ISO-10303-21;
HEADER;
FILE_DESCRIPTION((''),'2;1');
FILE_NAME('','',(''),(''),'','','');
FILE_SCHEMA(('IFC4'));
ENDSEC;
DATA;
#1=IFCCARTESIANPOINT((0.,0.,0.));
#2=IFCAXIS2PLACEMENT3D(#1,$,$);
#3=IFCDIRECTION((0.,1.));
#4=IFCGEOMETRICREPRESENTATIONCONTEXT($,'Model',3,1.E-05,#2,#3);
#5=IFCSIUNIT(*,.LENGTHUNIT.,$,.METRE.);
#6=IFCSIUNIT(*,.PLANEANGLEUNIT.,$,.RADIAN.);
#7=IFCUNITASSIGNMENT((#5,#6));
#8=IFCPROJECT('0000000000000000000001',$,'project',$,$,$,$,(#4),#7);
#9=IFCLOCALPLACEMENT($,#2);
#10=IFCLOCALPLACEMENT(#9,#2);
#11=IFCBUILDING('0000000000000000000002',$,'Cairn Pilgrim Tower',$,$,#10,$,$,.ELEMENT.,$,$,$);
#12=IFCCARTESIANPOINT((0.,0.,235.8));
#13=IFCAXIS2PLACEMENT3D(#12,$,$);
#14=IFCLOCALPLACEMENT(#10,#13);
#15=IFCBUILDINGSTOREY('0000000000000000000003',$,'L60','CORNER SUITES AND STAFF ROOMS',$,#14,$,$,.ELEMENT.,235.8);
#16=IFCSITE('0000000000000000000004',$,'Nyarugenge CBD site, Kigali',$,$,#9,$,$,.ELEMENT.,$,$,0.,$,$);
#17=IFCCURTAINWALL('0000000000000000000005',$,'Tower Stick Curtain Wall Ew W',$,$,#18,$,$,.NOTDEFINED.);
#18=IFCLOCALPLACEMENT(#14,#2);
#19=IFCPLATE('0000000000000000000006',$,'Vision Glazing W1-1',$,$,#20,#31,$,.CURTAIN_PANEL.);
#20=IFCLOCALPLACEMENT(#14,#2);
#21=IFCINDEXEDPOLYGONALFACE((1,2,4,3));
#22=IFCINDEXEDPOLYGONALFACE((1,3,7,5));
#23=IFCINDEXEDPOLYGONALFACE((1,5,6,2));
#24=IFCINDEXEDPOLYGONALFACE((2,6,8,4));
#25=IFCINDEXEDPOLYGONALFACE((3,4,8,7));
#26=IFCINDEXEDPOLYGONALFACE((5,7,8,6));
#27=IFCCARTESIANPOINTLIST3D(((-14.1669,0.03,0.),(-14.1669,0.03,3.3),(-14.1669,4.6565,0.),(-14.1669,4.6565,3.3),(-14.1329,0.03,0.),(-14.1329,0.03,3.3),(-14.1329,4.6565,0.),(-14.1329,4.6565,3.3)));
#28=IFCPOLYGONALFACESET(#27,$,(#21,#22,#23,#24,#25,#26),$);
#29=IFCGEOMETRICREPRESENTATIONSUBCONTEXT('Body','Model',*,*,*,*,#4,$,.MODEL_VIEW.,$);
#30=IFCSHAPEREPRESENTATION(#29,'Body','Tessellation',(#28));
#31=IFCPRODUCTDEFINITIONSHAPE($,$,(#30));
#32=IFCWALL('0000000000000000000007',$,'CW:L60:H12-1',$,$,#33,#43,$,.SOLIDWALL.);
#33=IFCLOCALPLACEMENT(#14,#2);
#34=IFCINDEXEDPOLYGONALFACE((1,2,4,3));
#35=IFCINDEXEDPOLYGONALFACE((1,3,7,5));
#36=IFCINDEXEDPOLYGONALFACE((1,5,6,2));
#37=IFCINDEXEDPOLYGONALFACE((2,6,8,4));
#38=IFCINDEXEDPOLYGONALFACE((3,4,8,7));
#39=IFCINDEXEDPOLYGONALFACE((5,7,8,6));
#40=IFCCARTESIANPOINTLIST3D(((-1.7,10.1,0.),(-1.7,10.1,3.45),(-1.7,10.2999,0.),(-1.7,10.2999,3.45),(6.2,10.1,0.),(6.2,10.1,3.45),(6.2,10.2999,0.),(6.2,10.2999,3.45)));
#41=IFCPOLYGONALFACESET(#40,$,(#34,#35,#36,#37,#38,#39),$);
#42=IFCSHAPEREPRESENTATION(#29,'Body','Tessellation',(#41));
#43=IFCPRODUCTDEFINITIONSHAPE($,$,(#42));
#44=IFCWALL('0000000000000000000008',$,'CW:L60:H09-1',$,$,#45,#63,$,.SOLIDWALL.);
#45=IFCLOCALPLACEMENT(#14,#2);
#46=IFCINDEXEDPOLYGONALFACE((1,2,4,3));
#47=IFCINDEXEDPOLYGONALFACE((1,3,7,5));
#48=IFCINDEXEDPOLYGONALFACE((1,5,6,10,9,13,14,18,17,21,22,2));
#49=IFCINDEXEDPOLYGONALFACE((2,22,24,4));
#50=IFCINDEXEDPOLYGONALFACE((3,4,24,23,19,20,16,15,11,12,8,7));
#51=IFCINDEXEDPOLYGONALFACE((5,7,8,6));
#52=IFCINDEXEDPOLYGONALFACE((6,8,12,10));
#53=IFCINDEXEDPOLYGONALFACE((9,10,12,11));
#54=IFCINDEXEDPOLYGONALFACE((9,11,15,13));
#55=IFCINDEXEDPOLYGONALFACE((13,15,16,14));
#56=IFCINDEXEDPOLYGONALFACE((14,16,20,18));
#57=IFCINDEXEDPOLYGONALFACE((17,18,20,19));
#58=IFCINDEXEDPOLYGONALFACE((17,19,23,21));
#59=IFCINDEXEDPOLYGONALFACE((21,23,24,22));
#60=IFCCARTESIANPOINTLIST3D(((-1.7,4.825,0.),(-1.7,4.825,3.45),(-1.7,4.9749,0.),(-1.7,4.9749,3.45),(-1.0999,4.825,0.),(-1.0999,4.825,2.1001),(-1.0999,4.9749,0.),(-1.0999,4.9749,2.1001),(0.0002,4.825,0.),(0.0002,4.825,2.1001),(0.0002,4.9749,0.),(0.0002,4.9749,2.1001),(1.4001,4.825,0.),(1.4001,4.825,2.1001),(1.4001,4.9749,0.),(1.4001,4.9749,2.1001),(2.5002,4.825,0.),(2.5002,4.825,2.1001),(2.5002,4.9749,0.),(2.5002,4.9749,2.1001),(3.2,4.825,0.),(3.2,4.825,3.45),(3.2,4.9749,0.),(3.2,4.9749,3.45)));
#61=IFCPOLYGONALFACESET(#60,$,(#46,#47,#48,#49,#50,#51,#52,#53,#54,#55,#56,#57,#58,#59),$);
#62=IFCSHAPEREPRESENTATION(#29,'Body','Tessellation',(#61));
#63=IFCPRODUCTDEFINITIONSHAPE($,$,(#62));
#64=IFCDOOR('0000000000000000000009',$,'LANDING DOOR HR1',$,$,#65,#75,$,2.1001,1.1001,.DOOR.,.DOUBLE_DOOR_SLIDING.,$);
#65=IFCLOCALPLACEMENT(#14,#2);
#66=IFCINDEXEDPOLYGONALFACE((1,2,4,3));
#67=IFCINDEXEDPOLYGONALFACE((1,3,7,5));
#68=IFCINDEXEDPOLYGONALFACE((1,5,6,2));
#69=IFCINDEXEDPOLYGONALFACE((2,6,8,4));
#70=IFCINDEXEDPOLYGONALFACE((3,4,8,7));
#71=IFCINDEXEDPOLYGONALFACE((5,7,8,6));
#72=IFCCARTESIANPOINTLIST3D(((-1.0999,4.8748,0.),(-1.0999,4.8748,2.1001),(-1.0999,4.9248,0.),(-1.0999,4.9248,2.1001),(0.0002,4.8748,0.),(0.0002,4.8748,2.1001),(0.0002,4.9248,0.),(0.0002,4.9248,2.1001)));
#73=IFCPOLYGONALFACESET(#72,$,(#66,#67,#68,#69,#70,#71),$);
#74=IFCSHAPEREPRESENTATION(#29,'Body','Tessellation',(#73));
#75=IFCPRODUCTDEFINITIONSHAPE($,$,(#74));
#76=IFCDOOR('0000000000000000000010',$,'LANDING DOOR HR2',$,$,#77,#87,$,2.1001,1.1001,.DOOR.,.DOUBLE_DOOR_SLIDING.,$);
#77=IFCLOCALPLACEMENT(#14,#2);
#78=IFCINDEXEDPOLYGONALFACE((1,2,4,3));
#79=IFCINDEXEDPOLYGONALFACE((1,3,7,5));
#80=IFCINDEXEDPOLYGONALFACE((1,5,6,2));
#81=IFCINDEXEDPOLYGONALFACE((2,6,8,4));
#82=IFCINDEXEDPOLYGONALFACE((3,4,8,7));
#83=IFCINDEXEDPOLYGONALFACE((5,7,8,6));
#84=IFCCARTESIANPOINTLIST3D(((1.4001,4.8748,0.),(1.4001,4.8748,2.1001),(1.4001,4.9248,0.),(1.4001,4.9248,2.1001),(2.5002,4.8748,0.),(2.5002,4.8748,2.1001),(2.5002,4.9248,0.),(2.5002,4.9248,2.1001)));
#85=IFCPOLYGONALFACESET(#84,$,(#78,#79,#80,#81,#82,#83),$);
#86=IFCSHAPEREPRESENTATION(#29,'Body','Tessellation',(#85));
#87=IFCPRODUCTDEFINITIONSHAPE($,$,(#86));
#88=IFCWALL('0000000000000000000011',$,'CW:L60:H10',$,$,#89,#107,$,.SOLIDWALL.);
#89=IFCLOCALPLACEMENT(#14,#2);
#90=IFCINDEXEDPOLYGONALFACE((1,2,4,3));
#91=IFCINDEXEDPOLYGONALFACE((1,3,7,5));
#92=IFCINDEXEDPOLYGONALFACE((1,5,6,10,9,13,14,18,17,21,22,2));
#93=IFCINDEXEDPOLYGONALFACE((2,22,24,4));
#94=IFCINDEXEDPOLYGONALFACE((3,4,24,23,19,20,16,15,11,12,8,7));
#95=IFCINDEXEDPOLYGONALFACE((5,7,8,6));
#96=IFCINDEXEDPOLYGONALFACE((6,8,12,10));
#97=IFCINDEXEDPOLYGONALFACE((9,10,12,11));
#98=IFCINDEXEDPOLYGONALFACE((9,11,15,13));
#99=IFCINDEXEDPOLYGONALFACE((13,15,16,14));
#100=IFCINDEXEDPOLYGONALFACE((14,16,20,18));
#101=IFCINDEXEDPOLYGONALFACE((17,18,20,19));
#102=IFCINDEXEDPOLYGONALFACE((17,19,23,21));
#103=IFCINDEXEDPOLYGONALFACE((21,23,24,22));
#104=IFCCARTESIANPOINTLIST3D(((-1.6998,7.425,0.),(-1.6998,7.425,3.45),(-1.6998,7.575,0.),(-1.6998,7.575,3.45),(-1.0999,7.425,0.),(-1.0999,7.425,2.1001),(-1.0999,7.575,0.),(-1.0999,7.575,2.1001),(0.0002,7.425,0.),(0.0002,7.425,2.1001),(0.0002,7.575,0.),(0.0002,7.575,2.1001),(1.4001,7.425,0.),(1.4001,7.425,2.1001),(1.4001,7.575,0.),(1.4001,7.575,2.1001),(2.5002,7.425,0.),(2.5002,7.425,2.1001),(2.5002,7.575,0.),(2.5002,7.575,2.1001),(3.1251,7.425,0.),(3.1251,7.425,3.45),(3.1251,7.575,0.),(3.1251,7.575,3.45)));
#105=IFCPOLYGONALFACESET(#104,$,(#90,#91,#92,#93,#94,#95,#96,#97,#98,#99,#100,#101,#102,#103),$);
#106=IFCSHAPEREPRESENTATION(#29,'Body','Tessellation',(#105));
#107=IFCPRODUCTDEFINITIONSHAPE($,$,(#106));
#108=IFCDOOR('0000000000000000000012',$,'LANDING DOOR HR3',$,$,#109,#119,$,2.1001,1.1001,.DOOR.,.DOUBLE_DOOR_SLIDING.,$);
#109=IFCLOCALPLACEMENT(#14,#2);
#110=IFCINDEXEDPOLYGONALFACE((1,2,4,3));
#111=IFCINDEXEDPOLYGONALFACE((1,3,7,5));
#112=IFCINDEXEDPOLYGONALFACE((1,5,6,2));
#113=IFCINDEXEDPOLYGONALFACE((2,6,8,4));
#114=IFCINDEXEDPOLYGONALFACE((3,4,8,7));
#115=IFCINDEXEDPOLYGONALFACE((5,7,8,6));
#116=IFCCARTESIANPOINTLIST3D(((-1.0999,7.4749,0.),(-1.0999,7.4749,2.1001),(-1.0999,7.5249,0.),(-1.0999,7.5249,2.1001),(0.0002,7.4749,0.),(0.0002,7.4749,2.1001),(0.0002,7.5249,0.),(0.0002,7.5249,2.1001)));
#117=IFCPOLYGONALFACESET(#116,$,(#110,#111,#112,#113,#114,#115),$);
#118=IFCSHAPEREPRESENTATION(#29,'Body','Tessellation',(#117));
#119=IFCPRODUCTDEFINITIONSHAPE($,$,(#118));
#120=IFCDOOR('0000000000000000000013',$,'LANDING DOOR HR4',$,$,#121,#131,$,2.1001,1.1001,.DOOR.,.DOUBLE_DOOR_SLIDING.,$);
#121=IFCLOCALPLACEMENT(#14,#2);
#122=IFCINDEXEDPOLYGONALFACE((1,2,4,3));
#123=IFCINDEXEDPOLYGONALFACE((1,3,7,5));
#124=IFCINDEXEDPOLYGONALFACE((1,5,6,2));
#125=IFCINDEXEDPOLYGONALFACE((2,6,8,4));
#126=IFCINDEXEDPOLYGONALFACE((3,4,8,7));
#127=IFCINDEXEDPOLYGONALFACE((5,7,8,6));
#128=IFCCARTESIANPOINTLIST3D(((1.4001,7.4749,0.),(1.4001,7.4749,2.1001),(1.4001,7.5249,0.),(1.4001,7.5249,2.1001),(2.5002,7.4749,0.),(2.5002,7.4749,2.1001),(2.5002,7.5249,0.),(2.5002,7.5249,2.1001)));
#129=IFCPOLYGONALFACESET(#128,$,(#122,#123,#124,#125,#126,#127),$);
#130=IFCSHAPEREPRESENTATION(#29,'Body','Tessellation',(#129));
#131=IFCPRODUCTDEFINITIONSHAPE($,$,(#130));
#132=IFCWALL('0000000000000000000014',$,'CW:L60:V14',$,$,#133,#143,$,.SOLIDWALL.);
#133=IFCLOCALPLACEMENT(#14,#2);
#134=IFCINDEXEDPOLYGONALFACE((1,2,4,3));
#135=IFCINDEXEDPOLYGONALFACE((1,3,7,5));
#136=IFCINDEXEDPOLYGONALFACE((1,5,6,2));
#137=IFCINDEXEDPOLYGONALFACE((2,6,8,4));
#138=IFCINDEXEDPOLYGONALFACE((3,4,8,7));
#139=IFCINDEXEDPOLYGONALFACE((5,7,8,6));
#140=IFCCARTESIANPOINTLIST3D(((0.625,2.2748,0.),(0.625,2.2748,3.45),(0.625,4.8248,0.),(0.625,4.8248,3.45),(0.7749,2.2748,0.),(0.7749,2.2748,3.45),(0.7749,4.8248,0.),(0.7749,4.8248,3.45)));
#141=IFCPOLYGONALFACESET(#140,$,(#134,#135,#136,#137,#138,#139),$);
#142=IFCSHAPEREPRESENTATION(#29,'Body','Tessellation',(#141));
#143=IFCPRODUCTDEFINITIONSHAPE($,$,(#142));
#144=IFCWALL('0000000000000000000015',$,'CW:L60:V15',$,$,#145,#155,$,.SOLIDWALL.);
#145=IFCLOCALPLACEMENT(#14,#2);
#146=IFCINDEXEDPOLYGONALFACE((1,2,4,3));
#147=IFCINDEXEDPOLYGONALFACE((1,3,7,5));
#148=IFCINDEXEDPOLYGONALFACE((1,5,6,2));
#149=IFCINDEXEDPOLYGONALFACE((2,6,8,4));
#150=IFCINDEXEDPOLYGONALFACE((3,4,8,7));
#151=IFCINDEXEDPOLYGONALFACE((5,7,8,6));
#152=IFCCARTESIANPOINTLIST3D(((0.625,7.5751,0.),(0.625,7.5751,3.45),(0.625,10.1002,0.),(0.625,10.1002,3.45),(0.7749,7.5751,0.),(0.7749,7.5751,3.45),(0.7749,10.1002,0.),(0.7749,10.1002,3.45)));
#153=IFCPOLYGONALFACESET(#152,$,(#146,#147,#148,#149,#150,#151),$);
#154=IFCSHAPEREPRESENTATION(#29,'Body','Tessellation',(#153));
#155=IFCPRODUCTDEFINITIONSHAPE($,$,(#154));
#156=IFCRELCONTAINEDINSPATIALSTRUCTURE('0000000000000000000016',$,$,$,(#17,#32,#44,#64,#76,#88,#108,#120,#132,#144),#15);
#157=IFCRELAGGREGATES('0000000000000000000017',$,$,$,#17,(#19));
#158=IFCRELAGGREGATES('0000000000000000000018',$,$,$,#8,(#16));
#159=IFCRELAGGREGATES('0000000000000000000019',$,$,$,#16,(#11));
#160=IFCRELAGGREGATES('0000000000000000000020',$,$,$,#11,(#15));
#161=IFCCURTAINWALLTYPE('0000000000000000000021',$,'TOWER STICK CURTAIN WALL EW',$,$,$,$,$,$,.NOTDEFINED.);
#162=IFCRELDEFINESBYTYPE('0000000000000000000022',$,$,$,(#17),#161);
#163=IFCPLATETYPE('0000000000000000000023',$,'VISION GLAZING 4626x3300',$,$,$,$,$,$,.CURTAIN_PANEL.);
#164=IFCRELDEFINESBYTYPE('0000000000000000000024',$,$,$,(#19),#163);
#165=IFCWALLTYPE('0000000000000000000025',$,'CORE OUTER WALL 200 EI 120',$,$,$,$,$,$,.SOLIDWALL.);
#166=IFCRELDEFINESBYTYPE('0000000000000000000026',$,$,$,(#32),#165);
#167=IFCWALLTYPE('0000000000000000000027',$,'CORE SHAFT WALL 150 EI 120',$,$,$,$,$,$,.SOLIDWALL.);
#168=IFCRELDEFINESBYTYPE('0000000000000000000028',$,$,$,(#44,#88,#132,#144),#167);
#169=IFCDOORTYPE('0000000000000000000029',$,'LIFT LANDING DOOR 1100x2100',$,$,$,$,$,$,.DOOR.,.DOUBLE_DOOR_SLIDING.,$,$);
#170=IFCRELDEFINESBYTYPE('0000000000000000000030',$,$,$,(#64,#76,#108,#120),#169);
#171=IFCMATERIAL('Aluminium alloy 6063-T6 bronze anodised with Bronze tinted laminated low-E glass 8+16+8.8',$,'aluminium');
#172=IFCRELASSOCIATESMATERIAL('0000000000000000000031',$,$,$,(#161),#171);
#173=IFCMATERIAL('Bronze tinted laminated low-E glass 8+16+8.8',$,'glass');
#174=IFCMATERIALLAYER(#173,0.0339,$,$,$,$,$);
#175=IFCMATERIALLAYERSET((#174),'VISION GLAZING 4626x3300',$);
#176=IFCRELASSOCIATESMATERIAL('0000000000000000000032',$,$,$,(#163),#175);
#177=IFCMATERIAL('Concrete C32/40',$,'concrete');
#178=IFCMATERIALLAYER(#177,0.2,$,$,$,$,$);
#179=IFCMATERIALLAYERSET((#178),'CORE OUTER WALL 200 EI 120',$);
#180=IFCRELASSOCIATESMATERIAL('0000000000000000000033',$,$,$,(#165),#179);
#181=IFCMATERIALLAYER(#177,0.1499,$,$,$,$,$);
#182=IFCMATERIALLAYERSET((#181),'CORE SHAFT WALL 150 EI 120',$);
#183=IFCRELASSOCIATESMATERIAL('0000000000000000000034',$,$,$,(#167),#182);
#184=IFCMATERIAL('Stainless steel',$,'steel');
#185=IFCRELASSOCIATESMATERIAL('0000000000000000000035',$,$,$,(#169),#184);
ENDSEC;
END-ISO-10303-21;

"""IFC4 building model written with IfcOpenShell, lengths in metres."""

from ifc_helpers import new_model, si_unit, direction, frame, frame_2d, origin, origin_2d, place, context, subcontext, project, spatial, rectangle, extrude, material, layer, layer_set, type_object, element, fill, aggregate, save


model = new_model("IFC4")

# Units and contexts
model_context = context("Model", 3, precision=1e-05, world=origin(), true_north=direction((0.0, 1.0)))
body_context = subcontext(model_context, "Body", "Model", "MODEL_VIEW")
ifc_project = project(units=[si_unit("LENGTHUNIT", "METRE"), si_unit("PLANEANGLEUNIT", "RADIAN")], contexts=[model_context])

# Site, building, storey
site_placement = place(None, origin())
site = spatial("IfcSite", under=ifc_project, at=site_placement, Name="Nyarugenge CBD site, Kigali", CompositionType="ELEMENT", RefElevation=0.0)
building_placement = place(site_placement, origin())
building = spatial("IfcBuilding", under=site, at=building_placement, Name="Cairn Pilgrim Tower", CompositionType="ELEMENT")
storey_placement = place(building_placement, frame((0.0, 0.0, 235.8)))
storey = spatial("IfcBuildingStorey", under=building, at=storey_placement, Name="L60", Description="CORNER SUITES AND STAFF ROOMS", CompositionType="ELEMENT", Elevation=235.8)

# Curtain wall
ifc_material_1 = material(Name="Aluminium alloy 6063-T6 bronze anodised with Bronze tinted laminated low-E glass 8+16+8.8", Category="aluminium")
curtain_wall_type_1 = type_object("IfcCurtainWallType", Name="TOWER STICK CURTAIN WALL EW", PredefinedType="NOTDEFINED", material=ifc_material_1)
curtain_wall_1_placement = place(storey_placement, origin())
curtain_wall_1 = element("IfcCurtainWall", 1, at=curtain_wall_1_placement, inside=storey, type_object=curtain_wall_type_1, Name="Tower Stick Curtain Wall Ew W", PredefinedType="NOTDEFINED")

# Plate
ifc_material_2 = material(Name="Bronze tinted laminated low-E glass 8+16+8.8", Category="glass")
ifc_layer_1 = layer(ifc_material_2, 0.0339)
ifc_layer_set_1 = layer_set([ifc_layer_1], Name="VISION GLAZING 4626x3300")
plate_type_1 = type_object("IfcPlateType", Name="VISION GLAZING 4626x3300", PredefinedType="CURTAIN_PANEL", material=ifc_layer_set_1)
plate_1_placement = place(storey_placement, frame((-14.1499, 2.3433, 0.0), z_axis=(0.0, 0.0, 1.0), x_axis=(0.0, -1.0, 0.0)))
plate_1 = element("IfcPlate", 2, at=plate_1_placement, type_object=plate_type_1, Name="Vision Glazing W1-1", PredefinedType="CURTAIN_PANEL", context=body_context, shape_type="SweptSolid", body=[
    extrude(rectangle(XDim=4.6265, YDim=0.0339, at=origin_2d()), origin(), (0.0, 0.0, 1.0), 3.3),
])
aggregate(curtain_wall_1, [plate_1])

# Wall
ifc_material_3 = material(Name="Concrete C32/40", Category="concrete")
ifc_layer_2 = layer(ifc_material_3, 0.2)
ifc_layer_set_2 = layer_set([ifc_layer_2], Name="CORE OUTER WALL 200 EI 120")
wall_type_1 = type_object("IfcWallType", Name="CORE OUTER WALL 200 EI 120", PredefinedType="SOLIDWALL", material=ifc_layer_set_2)
wall_1_placement = place(storey_placement, frame((-1.7, 10.2, 0.0), z_axis=(0.0, 0.0, 1.0), x_axis=(1.0, 0.0, 0.0)))
element("IfcWall", 3, at=wall_1_placement, inside=storey, type_object=wall_type_1, Name="CW:L60:H12-1", PredefinedType="SOLIDWALL", context=body_context, shape_type="SweptSolid", body=[
    extrude(rectangle(XDim=7.8999, YDim=0.2, at=frame_2d((3.95, 0.0))), origin(), (0.0, 0.0, 1.0), 3.45),
])

# Walls, openings, doors
ifc_layer_3 = layer(ifc_material_3, 0.1499)
ifc_layer_set_3 = layer_set([ifc_layer_3], Name="CORE SHAFT WALL 150 EI 120")
wall_type_2 = type_object("IfcWallType", Name="CORE SHAFT WALL 150 EI 120", PredefinedType="SOLIDWALL", material=ifc_layer_set_3)
wall_2_placement = place(storey_placement, frame((-1.7, 4.8999, 0.0), z_axis=(0.0, 0.0, 1.0), x_axis=(1.0, 0.0, 0.0)))
wall_2 = element("IfcWall", 4, at=wall_2_placement, inside=storey, type_object=wall_type_2, Name="CW:L60:H09-1", PredefinedType="SOLIDWALL", context=body_context, shape_type="SweptSolid", body=[
    extrude(rectangle(XDim=4.8999, YDim=0.1499, at=frame_2d((2.45, 0.0))), origin(), (0.0, 0.0, 1.0), 3.45),
])
opening_1_placement = place(wall_2_placement, frame((0.6001, 0.0, 0.0)))
opening_1 = element("IfcOpeningElement", 5, at=opening_1_placement, cuts=wall_2, PredefinedType="OPENING", context=body_context, shape_type="SweptSolid", body=[
    extrude(rectangle(XDim=1.1001, YDim=2.1001, at=frame_2d((0.55, 1.05))), frame((0.0, 0.085, 0.0), z_axis=(0.0, -1.0, 0.0), x_axis=(1.0, 0.0, 0.0)), (0.0, 0.0, 1.0), 0.1699),
])
opening_2_placement = place(wall_2_placement, frame((3.1001, 0.0, 0.0)))
opening_2 = element("IfcOpeningElement", 6, at=opening_2_placement, cuts=wall_2, PredefinedType="OPENING", context=body_context, shape_type="SweptSolid", body=[
    extrude(rectangle(XDim=1.1001, YDim=2.1001, at=frame_2d((0.55, 1.05))), frame((0.0, 0.085, 0.0), z_axis=(0.0, -1.0, 0.0), x_axis=(1.0, 0.0, 0.0)), (0.0, 0.0, 1.0), 0.1699),
])
ifc_material_4 = material(Name="Stainless steel", Category="steel")
door_type_1 = type_object("IfcDoorType", Name="LIFT LANDING DOOR 1100x2100", OperationType="DOUBLE_DOOR_SLIDING", PredefinedType="DOOR", material=ifc_material_4)
door_1_placement = place(opening_1_placement, origin())
door_1 = element("IfcDoor", 7, at=door_1_placement, inside=storey, type_object=door_type_1, Name="LANDING DOOR HR1", OperationType="DOUBLE_DOOR_SLIDING", OverallHeight=2.1001, OverallWidth=1.1001, PredefinedType="DOOR", context=body_context, shape_type="SweptSolid", body=[
    extrude(rectangle(XDim=1.1001, YDim=2.1001, at=frame_2d((0.55, 1.05))), frame((0.0, 0.0249, 0.0), z_axis=(0.0, -1.0, 0.0), x_axis=(1.0, 0.0, 0.0)), (0.0, 0.0, 1.0), 0.05),
])
fill(opening_1, door_1)
door_2_placement = place(opening_2_placement, origin())
door_2 = element("IfcDoor", 8, at=door_2_placement, inside=storey, type_object=door_type_1, Name="LANDING DOOR HR2", OperationType="DOUBLE_DOOR_SLIDING", OverallHeight=2.1001, OverallWidth=1.1001, PredefinedType="DOOR", context=body_context, shape_type="SweptSolid", body=[
    extrude(rectangle(XDim=1.1001, YDim=2.1001, at=frame_2d((0.55, 1.05))), frame((0.0, 0.0249, 0.0), z_axis=(0.0, -1.0, 0.0), x_axis=(1.0, 0.0, 0.0)), (0.0, 0.0, 1.0), 0.05),
])
fill(opening_2, door_2)
wall_3_placement = place(storey_placement, frame((-1.7, 7.5, 0.0), z_axis=(0.0, 0.0, 1.0), x_axis=(1.0, 0.0, 0.0)))
wall_3 = element("IfcWall", 9, at=wall_3_placement, inside=storey, type_object=wall_type_2, Name="CW:L60:H10", PredefinedType="SOLIDWALL", context=body_context, shape_type="SweptSolid", body=[
    extrude(rectangle(XDim=4.825, YDim=0.1499, at=frame_2d((2.4126, 0.0))), origin(), (0.0, 0.0, 1.0), 3.45),
])
opening_3_placement = place(wall_3_placement, frame((0.6001, 0.0, 0.0)))
opening_3 = element("IfcOpeningElement", 10, at=opening_3_placement, cuts=wall_3, PredefinedType="OPENING", context=body_context, shape_type="SweptSolid", body=[
    extrude(rectangle(XDim=1.1001, YDim=2.1001, at=frame_2d((0.55, 1.05))), frame((0.0, 0.085, 0.0), z_axis=(0.0, -1.0, 0.0), x_axis=(1.0, 0.0, 0.0)), (0.0, 0.0, 1.0), 0.1699),
])
opening_4_placement = place(wall_3_placement, frame((3.1001, 0.0, 0.0)))
opening_4 = element("IfcOpeningElement", 11, at=opening_4_placement, cuts=wall_3, PredefinedType="OPENING", context=body_context, shape_type="SweptSolid", body=[
    extrude(rectangle(XDim=1.1001, YDim=2.1001, at=frame_2d((0.55, 1.05))), frame((0.0, 0.085, 0.0), z_axis=(0.0, -1.0, 0.0), x_axis=(1.0, 0.0, 0.0)), (0.0, 0.0, 1.0), 0.1699),
])
door_3_placement = place(opening_3_placement, origin())
door_3 = element("IfcDoor", 12, at=door_3_placement, inside=storey, type_object=door_type_1, Name="LANDING DOOR HR3", OperationType="DOUBLE_DOOR_SLIDING", OverallHeight=2.1001, OverallWidth=1.1001, PredefinedType="DOOR", context=body_context, shape_type="SweptSolid", body=[
    extrude(rectangle(XDim=1.1001, YDim=2.1001, at=frame_2d((0.55, 1.05))), frame((0.0, 0.0249, 0.0), z_axis=(0.0, -1.0, 0.0), x_axis=(1.0, 0.0, 0.0)), (0.0, 0.0, 1.0), 0.05),
])
fill(opening_3, door_3)
door_4_placement = place(opening_4_placement, origin())
door_4 = element("IfcDoor", 13, at=door_4_placement, inside=storey, type_object=door_type_1, Name="LANDING DOOR HR4", OperationType="DOUBLE_DOOR_SLIDING", OverallHeight=2.1001, OverallWidth=1.1001, PredefinedType="DOOR", context=body_context, shape_type="SweptSolid", body=[
    extrude(rectangle(XDim=1.1001, YDim=2.1001, at=frame_2d((0.55, 1.05))), frame((0.0, 0.0249, 0.0), z_axis=(0.0, -1.0, 0.0), x_axis=(1.0, 0.0, 0.0)), (0.0, 0.0, 1.0), 0.05),
])
fill(opening_4, door_4)

# Walls
wall_4_placement = place(storey_placement, frame((0.7, 2.2749, 0.0), z_axis=(0.0, 0.0, 1.0), x_axis=(0.0, 1.0, 0.0)))
element("IfcWall", 14, at=wall_4_placement, inside=storey, type_object=wall_type_2, Name="CW:L60:V14", PredefinedType="SOLIDWALL", context=body_context, shape_type="SweptSolid", body=[
    extrude(rectangle(XDim=2.55, YDim=0.1499, at=frame_2d((1.2749, 0.0))), origin(), (0.0, 0.0, 1.0), 3.45),
])
wall_5_placement = place(storey_placement, frame((0.7, 7.575, 0.0), z_axis=(0.0, 0.0, 1.0), x_axis=(0.0, 1.0, 0.0)))
element("IfcWall", 15, at=wall_5_placement, inside=storey, type_object=wall_type_2, Name="CW:L60:V15", PredefinedType="SOLIDWALL", context=body_context, shape_type="SweptSolid", body=[
    extrude(rectangle(XDim=2.5251, YDim=0.1499, at=frame_2d((1.2627, 0.0))), origin(), (0.0, 0.0, 1.0), 3.45),
])

save(model, "model.ifc")
